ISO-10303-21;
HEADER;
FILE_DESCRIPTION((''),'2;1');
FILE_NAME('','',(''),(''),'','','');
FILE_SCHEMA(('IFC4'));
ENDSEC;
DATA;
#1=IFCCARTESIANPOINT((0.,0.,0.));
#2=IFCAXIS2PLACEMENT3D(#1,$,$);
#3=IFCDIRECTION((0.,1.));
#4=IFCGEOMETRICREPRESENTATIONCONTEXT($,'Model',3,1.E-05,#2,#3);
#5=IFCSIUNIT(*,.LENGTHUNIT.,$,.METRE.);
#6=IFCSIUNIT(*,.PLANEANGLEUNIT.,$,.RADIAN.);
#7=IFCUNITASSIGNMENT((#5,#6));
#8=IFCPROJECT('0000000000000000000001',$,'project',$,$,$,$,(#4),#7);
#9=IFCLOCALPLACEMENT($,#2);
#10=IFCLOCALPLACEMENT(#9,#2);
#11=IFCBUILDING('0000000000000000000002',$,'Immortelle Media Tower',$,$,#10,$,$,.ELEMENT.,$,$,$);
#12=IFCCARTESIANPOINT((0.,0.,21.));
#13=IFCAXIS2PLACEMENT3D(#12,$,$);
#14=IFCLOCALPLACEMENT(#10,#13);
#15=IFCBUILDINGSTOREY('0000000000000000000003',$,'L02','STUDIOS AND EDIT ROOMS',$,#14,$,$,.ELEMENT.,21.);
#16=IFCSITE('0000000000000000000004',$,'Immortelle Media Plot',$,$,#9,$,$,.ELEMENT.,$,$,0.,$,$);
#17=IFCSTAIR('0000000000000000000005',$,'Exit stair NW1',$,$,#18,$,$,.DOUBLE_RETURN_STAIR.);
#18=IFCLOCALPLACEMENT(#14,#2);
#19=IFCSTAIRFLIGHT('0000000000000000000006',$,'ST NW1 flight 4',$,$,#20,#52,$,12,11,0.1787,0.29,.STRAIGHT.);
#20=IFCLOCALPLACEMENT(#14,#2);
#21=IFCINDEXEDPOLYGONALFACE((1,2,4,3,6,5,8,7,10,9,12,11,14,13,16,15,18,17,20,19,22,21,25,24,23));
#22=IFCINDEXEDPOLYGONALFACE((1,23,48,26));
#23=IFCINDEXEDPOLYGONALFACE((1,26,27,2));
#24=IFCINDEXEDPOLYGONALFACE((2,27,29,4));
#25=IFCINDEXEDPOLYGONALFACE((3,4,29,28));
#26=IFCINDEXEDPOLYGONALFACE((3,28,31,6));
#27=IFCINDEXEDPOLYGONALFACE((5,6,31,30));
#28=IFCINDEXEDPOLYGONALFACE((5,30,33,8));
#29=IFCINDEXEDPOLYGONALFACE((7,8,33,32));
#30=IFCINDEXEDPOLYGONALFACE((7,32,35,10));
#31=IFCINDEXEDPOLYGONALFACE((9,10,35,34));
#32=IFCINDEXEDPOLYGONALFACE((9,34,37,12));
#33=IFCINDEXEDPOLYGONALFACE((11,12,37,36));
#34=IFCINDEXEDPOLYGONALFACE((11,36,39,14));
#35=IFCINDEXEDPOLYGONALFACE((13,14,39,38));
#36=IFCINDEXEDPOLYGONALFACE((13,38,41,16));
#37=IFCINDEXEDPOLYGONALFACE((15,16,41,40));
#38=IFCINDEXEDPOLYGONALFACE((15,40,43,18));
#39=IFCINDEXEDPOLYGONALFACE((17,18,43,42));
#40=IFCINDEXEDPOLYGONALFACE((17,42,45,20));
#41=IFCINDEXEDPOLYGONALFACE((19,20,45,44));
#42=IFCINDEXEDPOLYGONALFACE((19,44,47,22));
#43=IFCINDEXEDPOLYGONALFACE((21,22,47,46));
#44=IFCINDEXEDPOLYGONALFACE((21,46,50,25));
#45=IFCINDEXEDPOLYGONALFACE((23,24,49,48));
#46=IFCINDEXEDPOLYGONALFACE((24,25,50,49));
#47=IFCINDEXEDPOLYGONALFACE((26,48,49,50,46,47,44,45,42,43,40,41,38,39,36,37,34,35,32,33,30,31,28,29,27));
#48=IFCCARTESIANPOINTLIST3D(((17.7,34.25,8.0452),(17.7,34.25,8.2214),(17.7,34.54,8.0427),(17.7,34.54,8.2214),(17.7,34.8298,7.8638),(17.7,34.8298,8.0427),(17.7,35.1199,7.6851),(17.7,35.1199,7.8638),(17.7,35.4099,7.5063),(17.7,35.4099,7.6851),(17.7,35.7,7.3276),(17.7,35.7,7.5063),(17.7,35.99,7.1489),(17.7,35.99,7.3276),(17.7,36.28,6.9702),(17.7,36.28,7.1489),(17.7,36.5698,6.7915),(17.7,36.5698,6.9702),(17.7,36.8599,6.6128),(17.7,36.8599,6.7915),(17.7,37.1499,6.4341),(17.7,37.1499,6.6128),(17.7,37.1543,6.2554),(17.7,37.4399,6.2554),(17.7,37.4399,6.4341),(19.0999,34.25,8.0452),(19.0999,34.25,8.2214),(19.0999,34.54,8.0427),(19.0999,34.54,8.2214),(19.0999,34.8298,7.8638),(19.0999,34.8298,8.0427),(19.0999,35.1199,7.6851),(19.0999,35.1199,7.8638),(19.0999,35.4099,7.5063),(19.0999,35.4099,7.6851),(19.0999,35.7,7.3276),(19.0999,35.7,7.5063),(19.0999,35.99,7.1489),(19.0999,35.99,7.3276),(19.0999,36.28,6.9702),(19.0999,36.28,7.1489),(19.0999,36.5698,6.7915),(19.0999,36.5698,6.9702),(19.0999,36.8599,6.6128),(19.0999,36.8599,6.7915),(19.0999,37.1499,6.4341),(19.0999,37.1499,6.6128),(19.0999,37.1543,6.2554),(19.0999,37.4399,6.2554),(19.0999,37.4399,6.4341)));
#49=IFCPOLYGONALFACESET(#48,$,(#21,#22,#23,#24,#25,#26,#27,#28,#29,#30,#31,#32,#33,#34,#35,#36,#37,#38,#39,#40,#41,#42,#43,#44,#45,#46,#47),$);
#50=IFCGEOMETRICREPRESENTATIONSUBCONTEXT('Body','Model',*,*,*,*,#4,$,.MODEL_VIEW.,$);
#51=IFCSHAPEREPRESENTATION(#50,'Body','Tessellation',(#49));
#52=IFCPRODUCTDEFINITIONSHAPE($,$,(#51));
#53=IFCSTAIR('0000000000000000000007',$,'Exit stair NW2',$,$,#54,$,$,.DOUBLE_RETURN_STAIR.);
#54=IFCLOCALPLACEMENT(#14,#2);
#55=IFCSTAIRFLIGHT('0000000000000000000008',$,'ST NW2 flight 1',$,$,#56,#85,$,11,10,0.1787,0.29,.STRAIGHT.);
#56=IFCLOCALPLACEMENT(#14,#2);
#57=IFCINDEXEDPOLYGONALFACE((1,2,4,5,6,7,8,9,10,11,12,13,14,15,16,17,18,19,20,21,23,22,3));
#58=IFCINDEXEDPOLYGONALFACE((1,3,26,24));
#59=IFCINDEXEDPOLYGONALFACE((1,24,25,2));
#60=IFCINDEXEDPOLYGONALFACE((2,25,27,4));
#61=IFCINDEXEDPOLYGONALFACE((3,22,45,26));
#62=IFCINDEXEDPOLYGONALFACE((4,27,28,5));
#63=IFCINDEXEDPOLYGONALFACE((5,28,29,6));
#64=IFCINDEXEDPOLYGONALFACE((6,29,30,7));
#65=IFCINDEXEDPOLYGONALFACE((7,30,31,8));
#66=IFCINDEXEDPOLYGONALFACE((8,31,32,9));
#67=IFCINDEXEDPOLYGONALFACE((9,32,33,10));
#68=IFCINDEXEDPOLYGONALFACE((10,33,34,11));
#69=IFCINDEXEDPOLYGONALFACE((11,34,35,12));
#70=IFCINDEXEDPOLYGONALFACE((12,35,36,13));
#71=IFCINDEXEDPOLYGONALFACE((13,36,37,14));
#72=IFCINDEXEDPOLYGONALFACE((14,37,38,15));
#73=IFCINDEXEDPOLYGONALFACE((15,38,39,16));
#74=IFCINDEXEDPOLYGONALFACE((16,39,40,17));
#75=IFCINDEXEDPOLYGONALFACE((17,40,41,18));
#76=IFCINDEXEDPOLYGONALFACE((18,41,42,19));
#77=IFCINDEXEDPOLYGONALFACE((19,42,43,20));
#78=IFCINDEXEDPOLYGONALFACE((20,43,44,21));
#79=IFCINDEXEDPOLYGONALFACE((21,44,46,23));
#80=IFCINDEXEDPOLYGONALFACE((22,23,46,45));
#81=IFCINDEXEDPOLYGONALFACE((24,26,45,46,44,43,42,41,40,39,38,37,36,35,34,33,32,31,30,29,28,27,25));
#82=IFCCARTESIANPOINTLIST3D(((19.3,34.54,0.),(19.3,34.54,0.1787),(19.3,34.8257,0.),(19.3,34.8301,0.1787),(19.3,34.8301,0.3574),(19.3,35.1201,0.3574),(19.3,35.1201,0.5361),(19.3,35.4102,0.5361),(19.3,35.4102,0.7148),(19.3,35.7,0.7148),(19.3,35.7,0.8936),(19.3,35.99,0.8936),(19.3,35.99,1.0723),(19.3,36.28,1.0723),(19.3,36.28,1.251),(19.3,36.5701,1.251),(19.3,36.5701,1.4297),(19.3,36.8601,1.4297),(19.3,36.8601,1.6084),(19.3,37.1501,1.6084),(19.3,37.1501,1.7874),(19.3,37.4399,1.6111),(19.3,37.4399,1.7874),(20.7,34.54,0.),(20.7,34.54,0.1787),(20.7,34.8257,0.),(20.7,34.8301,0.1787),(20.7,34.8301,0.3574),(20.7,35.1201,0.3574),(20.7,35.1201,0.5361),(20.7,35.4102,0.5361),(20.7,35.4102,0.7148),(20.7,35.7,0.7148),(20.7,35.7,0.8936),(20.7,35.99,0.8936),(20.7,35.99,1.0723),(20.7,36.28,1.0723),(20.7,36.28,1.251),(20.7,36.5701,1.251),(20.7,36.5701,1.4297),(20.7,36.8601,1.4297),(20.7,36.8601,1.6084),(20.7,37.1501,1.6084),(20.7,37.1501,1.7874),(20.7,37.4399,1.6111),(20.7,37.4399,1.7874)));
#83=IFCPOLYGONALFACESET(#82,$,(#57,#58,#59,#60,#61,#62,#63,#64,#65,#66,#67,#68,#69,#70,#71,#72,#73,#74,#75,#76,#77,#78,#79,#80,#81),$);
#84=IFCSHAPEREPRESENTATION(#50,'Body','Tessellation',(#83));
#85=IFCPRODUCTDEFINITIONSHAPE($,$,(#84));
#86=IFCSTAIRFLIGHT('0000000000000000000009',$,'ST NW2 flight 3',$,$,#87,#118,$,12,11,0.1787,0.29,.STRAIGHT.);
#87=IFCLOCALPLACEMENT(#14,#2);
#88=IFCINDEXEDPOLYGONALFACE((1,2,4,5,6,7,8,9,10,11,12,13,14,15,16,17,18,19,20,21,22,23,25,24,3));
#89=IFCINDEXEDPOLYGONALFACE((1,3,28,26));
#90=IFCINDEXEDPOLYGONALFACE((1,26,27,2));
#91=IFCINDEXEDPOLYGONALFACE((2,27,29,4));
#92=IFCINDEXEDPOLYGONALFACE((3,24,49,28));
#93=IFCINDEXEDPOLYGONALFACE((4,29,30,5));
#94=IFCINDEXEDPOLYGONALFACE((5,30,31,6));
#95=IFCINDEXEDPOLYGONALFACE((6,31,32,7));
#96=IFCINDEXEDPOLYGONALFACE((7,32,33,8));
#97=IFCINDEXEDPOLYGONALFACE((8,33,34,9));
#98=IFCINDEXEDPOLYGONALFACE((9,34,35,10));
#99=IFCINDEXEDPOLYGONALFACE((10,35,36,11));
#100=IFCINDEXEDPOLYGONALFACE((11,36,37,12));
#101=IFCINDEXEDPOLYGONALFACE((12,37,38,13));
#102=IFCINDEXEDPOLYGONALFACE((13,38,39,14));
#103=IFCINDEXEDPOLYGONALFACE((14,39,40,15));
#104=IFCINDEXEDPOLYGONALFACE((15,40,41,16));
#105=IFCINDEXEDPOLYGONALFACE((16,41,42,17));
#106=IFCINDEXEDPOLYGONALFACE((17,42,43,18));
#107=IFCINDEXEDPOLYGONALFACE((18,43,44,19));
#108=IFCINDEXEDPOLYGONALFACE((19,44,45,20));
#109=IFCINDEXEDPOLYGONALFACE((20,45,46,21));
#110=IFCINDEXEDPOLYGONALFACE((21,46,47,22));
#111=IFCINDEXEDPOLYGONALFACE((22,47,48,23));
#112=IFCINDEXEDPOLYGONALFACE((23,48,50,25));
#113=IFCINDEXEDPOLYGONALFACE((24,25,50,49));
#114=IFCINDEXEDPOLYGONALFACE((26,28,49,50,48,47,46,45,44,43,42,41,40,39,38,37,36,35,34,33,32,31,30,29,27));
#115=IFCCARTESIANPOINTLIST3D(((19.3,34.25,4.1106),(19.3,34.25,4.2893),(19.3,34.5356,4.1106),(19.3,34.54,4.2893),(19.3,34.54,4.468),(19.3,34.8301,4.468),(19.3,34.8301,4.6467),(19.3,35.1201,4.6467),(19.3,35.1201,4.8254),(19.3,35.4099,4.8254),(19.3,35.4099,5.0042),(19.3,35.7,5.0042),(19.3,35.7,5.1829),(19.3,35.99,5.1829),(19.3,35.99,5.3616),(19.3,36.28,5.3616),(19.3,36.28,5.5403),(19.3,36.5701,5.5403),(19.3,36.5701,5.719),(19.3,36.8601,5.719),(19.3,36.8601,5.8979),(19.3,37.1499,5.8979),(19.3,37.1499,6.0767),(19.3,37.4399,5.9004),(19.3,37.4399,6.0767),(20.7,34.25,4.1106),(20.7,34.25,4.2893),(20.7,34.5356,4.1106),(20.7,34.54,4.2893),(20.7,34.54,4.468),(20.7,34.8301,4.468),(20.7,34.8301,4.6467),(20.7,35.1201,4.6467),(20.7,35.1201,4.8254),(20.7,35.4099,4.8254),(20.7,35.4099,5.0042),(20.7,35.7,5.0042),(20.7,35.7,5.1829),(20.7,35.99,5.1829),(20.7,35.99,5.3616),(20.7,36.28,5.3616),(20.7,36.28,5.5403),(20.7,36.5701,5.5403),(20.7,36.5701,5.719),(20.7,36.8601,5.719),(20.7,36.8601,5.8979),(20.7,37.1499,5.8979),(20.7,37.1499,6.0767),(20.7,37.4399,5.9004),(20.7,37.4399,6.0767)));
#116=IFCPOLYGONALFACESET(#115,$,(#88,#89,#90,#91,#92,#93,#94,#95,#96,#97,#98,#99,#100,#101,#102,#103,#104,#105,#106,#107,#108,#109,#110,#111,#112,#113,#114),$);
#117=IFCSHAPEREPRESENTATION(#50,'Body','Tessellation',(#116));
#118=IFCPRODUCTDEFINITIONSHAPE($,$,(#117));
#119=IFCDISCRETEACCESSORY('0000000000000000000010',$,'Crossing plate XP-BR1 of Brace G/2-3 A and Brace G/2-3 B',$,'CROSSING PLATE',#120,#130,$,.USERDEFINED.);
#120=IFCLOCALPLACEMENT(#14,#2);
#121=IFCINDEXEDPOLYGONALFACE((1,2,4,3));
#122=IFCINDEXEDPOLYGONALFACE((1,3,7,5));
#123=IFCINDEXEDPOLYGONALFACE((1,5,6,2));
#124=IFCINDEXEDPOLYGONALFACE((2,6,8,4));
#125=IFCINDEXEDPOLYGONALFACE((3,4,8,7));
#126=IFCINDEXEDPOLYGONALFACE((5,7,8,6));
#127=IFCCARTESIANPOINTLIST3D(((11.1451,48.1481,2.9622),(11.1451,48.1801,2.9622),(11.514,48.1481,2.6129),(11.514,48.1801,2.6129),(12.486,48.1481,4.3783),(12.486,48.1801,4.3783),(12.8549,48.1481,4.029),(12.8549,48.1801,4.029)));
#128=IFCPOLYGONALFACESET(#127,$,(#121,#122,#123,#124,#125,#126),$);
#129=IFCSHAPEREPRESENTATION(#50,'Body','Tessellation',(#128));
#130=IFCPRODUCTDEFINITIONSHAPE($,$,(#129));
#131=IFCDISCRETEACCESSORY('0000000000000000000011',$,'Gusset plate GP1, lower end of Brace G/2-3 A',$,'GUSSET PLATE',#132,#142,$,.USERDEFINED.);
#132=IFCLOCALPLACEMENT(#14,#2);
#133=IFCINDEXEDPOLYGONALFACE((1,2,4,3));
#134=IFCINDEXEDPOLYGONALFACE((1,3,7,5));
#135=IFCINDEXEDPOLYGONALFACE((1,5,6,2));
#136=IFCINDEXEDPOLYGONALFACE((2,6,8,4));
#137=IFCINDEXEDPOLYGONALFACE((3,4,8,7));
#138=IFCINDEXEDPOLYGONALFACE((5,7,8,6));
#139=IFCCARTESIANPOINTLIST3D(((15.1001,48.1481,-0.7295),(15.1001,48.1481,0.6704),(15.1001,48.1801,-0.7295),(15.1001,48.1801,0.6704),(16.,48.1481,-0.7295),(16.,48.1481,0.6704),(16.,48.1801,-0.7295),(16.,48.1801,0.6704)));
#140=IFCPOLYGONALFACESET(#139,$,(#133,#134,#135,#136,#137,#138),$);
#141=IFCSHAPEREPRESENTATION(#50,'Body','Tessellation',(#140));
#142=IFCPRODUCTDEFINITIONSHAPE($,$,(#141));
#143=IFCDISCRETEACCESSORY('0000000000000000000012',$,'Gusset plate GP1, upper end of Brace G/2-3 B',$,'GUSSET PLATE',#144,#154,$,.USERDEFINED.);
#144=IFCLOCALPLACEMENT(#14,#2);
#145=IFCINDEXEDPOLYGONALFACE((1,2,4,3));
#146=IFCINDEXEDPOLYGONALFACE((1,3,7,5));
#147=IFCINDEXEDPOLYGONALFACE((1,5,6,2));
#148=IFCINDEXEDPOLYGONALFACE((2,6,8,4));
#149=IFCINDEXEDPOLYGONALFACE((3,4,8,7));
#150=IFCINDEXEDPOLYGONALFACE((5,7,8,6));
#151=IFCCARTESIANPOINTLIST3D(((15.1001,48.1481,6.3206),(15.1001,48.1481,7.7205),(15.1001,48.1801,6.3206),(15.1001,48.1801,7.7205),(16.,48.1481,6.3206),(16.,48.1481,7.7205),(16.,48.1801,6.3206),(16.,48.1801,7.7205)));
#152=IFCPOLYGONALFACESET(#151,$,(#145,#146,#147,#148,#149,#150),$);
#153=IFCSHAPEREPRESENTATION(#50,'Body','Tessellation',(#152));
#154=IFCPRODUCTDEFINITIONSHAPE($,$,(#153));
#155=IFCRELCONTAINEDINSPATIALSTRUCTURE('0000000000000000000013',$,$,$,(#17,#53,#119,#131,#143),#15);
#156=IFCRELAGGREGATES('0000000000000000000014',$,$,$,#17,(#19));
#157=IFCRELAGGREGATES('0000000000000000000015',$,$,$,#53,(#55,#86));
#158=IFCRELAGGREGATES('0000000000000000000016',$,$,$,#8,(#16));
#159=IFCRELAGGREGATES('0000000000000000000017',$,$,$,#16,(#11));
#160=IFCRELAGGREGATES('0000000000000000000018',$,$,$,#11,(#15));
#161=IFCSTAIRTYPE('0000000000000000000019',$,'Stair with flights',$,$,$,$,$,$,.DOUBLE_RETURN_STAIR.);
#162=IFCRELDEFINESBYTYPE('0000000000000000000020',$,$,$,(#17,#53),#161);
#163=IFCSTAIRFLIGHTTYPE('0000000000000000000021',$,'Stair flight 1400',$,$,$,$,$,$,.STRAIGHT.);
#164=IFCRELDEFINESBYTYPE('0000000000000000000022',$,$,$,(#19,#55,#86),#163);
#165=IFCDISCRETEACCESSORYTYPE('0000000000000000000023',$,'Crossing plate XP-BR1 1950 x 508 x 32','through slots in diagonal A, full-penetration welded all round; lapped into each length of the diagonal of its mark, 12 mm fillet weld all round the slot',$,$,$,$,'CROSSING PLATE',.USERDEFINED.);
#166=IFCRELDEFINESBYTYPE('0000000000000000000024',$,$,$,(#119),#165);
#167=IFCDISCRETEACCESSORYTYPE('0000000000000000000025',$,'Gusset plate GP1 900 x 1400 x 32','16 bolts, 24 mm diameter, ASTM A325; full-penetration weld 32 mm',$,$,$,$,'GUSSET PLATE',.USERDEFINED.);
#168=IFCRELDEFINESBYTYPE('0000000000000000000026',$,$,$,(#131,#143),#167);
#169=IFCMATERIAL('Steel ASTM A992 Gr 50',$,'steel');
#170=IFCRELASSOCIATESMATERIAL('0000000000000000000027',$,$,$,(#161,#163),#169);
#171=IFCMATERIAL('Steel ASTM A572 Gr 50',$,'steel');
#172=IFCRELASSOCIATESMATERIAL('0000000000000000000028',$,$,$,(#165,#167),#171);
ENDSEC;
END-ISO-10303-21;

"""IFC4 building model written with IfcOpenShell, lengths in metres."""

from ifc_helpers import new_model, si_unit, direction, frame, origin, origin_2d, place, context, subcontext, project, spatial, polyline, rectangle, outline, extrude, material, material_profile, profile_set, type_object, element, aggregate, save


model = new_model("IFC4")

# Units and contexts
model_context = context("Model", 3, precision=1e-05, world=origin(), true_north=direction((0.0, 1.0)))
body_context = subcontext(model_context, "Body", "Model", "MODEL_VIEW")
ifc_project = project(units=[si_unit("LENGTHUNIT", "METRE"), si_unit("PLANEANGLEUNIT", "RADIAN")], contexts=[model_context])

# Site, building, storey
site_placement = place(None, origin())
site = spatial("IfcSite", under=ifc_project, at=site_placement, Name="Immortelle Media Plot", CompositionType="ELEMENT", RefElevation=0.0)
building_placement = place(site_placement, origin())
building = spatial("IfcBuilding", under=site, at=building_placement, Name="Immortelle Media Tower", CompositionType="ELEMENT")
storey_placement = place(building_placement, frame((0.0, 0.0, 21.0)))
storey = spatial("IfcBuildingStorey", under=building, at=storey_placement, Name="L02", Description="STUDIOS AND EDIT ROOMS", CompositionType="ELEMENT", Elevation=21.0)

# Shared definitions
ifc_material_1 = material(Name="Steel ASTM A992 Gr 50", Category="steel")

# Stairs, stair flights
stair_type = type_object("IfcStairType", Name="Stair with flights", PredefinedType="DOUBLE_RETURN_STAIR", material=ifc_material_1)
stair_1_placement = place(storey_placement, origin())
stair_1 = element("IfcStair", 1, at=stair_1_placement, inside=storey, type_object=stair_type, Name="Exit stair NW1", PredefinedType="DOUBLE_RETURN_STAIR")
stair_flight_type = type_object("IfcStairFlightType", Name="Stair flight 1400", PredefinedType="STRAIGHT", material=ifc_material_1)
stair_flight_1_placement = place(storey_placement, frame((18.3999, 37.4399, 6.2554), z_axis=(0.0, 0.0, 1.0), x_axis=(0.0, -1.0, 0.0)))
stair_flight_1 = element("IfcStairFlight", 2, at=stair_flight_1_placement, type_object=stair_flight_type, Name="ST NW1 flight 4", NumberOfRisers=12, NumberOfTreads=11, PredefinedType="STRAIGHT", RiserHeight=0.1787, TreadLength=0.29, context=body_context, shape_type="SweptSolid", body=[
    extrude(outline(polyline([(0.0, 0.0), (0.0, 0.1787), (0.29, 0.1787), (0.29, 0.3574), (0.5801, 0.3574), (0.5801, 0.5361), (0.8701, 0.5361), (0.8701, 0.7148), (1.1599, 0.7148), (1.1599, 0.8936), (1.45, 0.8936), (1.45, 1.0723), (1.74, 1.0723), (1.74, 1.251), (2.03, 1.251), (2.03, 1.4297), (2.3201, 1.4297), (2.3201, 1.6084), (2.6101, 1.6084), (2.6101, 1.7874), (2.8999, 1.7874), (2.8999, 1.9661), (3.1899, 1.9661), (3.1899, 2.1448), (3.1899, 1.7898), (0.2856, 0.0), (0.0, 0.0)])), frame((0.0, 0.7, 0.0), z_axis=(0.0, -1.0, 0.0), x_axis=(1.0, 0.0, 0.0)), (0.0, 0.0, 1.0), 1.3999),
])
aggregate(stair_1, [stair_flight_1])
stair_2_placement = place(storey_placement, origin())
stair_2 = element("IfcStair", 3, at=stair_2_placement, inside=storey, type_object=stair_type, Name="Exit stair NW2", PredefinedType="DOUBLE_RETURN_STAIR")
stair_flight_2_placement = place(storey_placement, frame((20.0, 34.54, 0.0), z_axis=(0.0, 0.0, 1.0), x_axis=(0.0, 1.0, 0.0)))
stair_flight_2 = element("IfcStairFlight", 4, at=stair_flight_2_placement, type_object=stair_flight_type, Name="ST NW2 flight 1", NumberOfRisers=11, NumberOfTreads=10, PredefinedType="STRAIGHT", RiserHeight=0.1787, TreadLength=0.29, context=body_context, shape_type="SweptSolid", body=[
    extrude(outline(polyline([(0.0, 0.0), (0.0, 0.1787), (0.29, 0.1787), (0.29, 0.3574), (0.5801, 0.3574), (0.5801, 0.5361), (0.8701, 0.5361), (0.8701, 0.7148), (1.1599, 0.7148), (1.1599, 0.8936), (1.45, 0.8936), (1.45, 1.0723), (1.74, 1.0723), (1.74, 1.251), (2.03, 1.251), (2.03, 1.4297), (2.3201, 1.4297), (2.3201, 1.6084), (2.6101, 1.6084), (2.6101, 1.7874), (2.8999, 1.7874), (2.8999, 1.9661), (2.8999, 1.6111), (0.2856, 0.0), (0.0, 0.0)])), frame((0.0, 0.7, 0.0), z_axis=(0.0, -1.0, 0.0), x_axis=(1.0, 0.0, 0.0)), (0.0, 0.0, 1.0), 1.3999),
])
stair_flight_3_placement = place(storey_placement, frame((20.0, 34.25, 4.1106), z_axis=(0.0, 0.0, 1.0), x_axis=(0.0, 1.0, 0.0)))
stair_flight_3 = element("IfcStairFlight", 5, at=stair_flight_3_placement, type_object=stair_flight_type, Name="ST NW2 flight 3", NumberOfRisers=12, NumberOfTreads=11, PredefinedType="STRAIGHT", RiserHeight=0.1787, TreadLength=0.29, context=body_context, shape_type="SweptSolid", body=[
    extrude(outline(polyline([(0.0, 0.0), (0.0, 0.1787), (0.29, 0.1787), (0.29, 0.3574), (0.5801, 0.3574), (0.5801, 0.5361), (0.8701, 0.5361), (0.8701, 0.7148), (1.1599, 0.7148), (1.1599, 0.8936), (1.45, 0.8936), (1.45, 1.0723), (1.74, 1.0723), (1.74, 1.251), (2.03, 1.251), (2.03, 1.4297), (2.3201, 1.4297), (2.3201, 1.6084), (2.6101, 1.6084), (2.6101, 1.7874), (2.8999, 1.7874), (2.8999, 1.9661), (3.1899, 1.9661), (3.1899, 2.1448), (3.1899, 1.7898), (0.2856, 0.0), (0.0, 0.0)])), frame((0.0, 0.7, 0.0), z_axis=(0.0, -1.0, 0.0), x_axis=(1.0, 0.0, 0.0)), (0.0, 0.0, 1.0), 1.3999),
])
aggregate(stair_2, [stair_flight_2, stair_flight_3])

# Discrete accessories
ifc_material_2 = material(Name="Steel ASTM A572 Gr 50", Category="steel")
ifc_material_profile_1 = material_profile(ifc_material_2, rectangle(XDim=0.032, YDim=0.5081, at=origin_2d()), Name="PL 32 x 508")
ifc_profile_set_1 = profile_set([ifc_material_profile_1], Name="Steel ASTM A572 Gr 50")
discrete_accessory_type_1 = type_object("IfcDiscreteAccessoryType", Name="Crossing plate XP-BR1 1950 x 508 x 32", Description="through slots in diagonal A, full-penetration welded all round; lapped into each length of the diagonal of its mark, 12 mm fillet weld all round the slot", ElementType="CROSSING PLATE", PredefinedType="USERDEFINED", material=ifc_profile_set_1)
discrete_accessory_placement = place(storey_placement, frame((12.6704, 48.1641, 4.2036), z_axis=(-0.687564, 0.0, -0.726124), x_axis=(0.0, -1.0, 0.0)))
element("IfcDiscreteAccessory", 6, at=discrete_accessory_placement, inside=storey, type_object=discrete_accessory_type_1, Name="Crossing plate XP-BR1 of Brace G/2-3 A and Brace G/2-3 B", ObjectType="CROSSING PLATE", PredefinedType="USERDEFINED", context=body_context, shape_type="SweptSolid", body=[
    extrude(rectangle(XDim=0.032, YDim=0.5081, at=origin_2d()), origin(), (0.0, 0.0, 1.0), 1.9502),
])
ifc_material_profile_2 = material_profile(ifc_material_2, rectangle(XDim=0.032, YDim=1.3999, at=origin_2d()), Name="PL 32 x 1400")
ifc_profile_set_2 = profile_set([ifc_material_profile_2], Name="Steel ASTM A572 Gr 50")
discrete_accessory_type_2 = type_object("IfcDiscreteAccessoryType", Name="Gusset plate GP1 900 x 1400 x 32", Description="16 bolts, 24 mm diameter, ASTM A325; full-penetration weld 32 mm", ElementType="GUSSET PLATE", PredefinedType="USERDEFINED", material=ifc_profile_set_2)
for number, where, z_axis, x_axis, name in (
    (7, (16.0, 48.1641, -0.0295), (-1.0, 0.0, 0.0), (0.0, -1.0, 0.0), "Gusset plate GP1, lower end of Brace G/2-3 A"),
    (8, (16.0, 48.1641, 7.0205), (-1.0, 0.0, 0.0), (0.0, -1.0, 0.0), "Gusset plate GP1, upper end of Brace G/2-3 B"),
):
    element("IfcDiscreteAccessory", number, at=place(storey_placement, frame(where, z_axis=z_axis, x_axis=x_axis)), inside=storey, type_object=discrete_accessory_type_2, Name=name, ObjectType="GUSSET PLATE", PredefinedType="USERDEFINED", context=body_context, shape_type="SweptSolid", body=[
        extrude(rectangle(XDim=0.032, YDim=1.3999, at=origin_2d()), origin(), (0.0, 0.0, 1.0), 0.8999),
    ])

save(model, "model.ifc")
